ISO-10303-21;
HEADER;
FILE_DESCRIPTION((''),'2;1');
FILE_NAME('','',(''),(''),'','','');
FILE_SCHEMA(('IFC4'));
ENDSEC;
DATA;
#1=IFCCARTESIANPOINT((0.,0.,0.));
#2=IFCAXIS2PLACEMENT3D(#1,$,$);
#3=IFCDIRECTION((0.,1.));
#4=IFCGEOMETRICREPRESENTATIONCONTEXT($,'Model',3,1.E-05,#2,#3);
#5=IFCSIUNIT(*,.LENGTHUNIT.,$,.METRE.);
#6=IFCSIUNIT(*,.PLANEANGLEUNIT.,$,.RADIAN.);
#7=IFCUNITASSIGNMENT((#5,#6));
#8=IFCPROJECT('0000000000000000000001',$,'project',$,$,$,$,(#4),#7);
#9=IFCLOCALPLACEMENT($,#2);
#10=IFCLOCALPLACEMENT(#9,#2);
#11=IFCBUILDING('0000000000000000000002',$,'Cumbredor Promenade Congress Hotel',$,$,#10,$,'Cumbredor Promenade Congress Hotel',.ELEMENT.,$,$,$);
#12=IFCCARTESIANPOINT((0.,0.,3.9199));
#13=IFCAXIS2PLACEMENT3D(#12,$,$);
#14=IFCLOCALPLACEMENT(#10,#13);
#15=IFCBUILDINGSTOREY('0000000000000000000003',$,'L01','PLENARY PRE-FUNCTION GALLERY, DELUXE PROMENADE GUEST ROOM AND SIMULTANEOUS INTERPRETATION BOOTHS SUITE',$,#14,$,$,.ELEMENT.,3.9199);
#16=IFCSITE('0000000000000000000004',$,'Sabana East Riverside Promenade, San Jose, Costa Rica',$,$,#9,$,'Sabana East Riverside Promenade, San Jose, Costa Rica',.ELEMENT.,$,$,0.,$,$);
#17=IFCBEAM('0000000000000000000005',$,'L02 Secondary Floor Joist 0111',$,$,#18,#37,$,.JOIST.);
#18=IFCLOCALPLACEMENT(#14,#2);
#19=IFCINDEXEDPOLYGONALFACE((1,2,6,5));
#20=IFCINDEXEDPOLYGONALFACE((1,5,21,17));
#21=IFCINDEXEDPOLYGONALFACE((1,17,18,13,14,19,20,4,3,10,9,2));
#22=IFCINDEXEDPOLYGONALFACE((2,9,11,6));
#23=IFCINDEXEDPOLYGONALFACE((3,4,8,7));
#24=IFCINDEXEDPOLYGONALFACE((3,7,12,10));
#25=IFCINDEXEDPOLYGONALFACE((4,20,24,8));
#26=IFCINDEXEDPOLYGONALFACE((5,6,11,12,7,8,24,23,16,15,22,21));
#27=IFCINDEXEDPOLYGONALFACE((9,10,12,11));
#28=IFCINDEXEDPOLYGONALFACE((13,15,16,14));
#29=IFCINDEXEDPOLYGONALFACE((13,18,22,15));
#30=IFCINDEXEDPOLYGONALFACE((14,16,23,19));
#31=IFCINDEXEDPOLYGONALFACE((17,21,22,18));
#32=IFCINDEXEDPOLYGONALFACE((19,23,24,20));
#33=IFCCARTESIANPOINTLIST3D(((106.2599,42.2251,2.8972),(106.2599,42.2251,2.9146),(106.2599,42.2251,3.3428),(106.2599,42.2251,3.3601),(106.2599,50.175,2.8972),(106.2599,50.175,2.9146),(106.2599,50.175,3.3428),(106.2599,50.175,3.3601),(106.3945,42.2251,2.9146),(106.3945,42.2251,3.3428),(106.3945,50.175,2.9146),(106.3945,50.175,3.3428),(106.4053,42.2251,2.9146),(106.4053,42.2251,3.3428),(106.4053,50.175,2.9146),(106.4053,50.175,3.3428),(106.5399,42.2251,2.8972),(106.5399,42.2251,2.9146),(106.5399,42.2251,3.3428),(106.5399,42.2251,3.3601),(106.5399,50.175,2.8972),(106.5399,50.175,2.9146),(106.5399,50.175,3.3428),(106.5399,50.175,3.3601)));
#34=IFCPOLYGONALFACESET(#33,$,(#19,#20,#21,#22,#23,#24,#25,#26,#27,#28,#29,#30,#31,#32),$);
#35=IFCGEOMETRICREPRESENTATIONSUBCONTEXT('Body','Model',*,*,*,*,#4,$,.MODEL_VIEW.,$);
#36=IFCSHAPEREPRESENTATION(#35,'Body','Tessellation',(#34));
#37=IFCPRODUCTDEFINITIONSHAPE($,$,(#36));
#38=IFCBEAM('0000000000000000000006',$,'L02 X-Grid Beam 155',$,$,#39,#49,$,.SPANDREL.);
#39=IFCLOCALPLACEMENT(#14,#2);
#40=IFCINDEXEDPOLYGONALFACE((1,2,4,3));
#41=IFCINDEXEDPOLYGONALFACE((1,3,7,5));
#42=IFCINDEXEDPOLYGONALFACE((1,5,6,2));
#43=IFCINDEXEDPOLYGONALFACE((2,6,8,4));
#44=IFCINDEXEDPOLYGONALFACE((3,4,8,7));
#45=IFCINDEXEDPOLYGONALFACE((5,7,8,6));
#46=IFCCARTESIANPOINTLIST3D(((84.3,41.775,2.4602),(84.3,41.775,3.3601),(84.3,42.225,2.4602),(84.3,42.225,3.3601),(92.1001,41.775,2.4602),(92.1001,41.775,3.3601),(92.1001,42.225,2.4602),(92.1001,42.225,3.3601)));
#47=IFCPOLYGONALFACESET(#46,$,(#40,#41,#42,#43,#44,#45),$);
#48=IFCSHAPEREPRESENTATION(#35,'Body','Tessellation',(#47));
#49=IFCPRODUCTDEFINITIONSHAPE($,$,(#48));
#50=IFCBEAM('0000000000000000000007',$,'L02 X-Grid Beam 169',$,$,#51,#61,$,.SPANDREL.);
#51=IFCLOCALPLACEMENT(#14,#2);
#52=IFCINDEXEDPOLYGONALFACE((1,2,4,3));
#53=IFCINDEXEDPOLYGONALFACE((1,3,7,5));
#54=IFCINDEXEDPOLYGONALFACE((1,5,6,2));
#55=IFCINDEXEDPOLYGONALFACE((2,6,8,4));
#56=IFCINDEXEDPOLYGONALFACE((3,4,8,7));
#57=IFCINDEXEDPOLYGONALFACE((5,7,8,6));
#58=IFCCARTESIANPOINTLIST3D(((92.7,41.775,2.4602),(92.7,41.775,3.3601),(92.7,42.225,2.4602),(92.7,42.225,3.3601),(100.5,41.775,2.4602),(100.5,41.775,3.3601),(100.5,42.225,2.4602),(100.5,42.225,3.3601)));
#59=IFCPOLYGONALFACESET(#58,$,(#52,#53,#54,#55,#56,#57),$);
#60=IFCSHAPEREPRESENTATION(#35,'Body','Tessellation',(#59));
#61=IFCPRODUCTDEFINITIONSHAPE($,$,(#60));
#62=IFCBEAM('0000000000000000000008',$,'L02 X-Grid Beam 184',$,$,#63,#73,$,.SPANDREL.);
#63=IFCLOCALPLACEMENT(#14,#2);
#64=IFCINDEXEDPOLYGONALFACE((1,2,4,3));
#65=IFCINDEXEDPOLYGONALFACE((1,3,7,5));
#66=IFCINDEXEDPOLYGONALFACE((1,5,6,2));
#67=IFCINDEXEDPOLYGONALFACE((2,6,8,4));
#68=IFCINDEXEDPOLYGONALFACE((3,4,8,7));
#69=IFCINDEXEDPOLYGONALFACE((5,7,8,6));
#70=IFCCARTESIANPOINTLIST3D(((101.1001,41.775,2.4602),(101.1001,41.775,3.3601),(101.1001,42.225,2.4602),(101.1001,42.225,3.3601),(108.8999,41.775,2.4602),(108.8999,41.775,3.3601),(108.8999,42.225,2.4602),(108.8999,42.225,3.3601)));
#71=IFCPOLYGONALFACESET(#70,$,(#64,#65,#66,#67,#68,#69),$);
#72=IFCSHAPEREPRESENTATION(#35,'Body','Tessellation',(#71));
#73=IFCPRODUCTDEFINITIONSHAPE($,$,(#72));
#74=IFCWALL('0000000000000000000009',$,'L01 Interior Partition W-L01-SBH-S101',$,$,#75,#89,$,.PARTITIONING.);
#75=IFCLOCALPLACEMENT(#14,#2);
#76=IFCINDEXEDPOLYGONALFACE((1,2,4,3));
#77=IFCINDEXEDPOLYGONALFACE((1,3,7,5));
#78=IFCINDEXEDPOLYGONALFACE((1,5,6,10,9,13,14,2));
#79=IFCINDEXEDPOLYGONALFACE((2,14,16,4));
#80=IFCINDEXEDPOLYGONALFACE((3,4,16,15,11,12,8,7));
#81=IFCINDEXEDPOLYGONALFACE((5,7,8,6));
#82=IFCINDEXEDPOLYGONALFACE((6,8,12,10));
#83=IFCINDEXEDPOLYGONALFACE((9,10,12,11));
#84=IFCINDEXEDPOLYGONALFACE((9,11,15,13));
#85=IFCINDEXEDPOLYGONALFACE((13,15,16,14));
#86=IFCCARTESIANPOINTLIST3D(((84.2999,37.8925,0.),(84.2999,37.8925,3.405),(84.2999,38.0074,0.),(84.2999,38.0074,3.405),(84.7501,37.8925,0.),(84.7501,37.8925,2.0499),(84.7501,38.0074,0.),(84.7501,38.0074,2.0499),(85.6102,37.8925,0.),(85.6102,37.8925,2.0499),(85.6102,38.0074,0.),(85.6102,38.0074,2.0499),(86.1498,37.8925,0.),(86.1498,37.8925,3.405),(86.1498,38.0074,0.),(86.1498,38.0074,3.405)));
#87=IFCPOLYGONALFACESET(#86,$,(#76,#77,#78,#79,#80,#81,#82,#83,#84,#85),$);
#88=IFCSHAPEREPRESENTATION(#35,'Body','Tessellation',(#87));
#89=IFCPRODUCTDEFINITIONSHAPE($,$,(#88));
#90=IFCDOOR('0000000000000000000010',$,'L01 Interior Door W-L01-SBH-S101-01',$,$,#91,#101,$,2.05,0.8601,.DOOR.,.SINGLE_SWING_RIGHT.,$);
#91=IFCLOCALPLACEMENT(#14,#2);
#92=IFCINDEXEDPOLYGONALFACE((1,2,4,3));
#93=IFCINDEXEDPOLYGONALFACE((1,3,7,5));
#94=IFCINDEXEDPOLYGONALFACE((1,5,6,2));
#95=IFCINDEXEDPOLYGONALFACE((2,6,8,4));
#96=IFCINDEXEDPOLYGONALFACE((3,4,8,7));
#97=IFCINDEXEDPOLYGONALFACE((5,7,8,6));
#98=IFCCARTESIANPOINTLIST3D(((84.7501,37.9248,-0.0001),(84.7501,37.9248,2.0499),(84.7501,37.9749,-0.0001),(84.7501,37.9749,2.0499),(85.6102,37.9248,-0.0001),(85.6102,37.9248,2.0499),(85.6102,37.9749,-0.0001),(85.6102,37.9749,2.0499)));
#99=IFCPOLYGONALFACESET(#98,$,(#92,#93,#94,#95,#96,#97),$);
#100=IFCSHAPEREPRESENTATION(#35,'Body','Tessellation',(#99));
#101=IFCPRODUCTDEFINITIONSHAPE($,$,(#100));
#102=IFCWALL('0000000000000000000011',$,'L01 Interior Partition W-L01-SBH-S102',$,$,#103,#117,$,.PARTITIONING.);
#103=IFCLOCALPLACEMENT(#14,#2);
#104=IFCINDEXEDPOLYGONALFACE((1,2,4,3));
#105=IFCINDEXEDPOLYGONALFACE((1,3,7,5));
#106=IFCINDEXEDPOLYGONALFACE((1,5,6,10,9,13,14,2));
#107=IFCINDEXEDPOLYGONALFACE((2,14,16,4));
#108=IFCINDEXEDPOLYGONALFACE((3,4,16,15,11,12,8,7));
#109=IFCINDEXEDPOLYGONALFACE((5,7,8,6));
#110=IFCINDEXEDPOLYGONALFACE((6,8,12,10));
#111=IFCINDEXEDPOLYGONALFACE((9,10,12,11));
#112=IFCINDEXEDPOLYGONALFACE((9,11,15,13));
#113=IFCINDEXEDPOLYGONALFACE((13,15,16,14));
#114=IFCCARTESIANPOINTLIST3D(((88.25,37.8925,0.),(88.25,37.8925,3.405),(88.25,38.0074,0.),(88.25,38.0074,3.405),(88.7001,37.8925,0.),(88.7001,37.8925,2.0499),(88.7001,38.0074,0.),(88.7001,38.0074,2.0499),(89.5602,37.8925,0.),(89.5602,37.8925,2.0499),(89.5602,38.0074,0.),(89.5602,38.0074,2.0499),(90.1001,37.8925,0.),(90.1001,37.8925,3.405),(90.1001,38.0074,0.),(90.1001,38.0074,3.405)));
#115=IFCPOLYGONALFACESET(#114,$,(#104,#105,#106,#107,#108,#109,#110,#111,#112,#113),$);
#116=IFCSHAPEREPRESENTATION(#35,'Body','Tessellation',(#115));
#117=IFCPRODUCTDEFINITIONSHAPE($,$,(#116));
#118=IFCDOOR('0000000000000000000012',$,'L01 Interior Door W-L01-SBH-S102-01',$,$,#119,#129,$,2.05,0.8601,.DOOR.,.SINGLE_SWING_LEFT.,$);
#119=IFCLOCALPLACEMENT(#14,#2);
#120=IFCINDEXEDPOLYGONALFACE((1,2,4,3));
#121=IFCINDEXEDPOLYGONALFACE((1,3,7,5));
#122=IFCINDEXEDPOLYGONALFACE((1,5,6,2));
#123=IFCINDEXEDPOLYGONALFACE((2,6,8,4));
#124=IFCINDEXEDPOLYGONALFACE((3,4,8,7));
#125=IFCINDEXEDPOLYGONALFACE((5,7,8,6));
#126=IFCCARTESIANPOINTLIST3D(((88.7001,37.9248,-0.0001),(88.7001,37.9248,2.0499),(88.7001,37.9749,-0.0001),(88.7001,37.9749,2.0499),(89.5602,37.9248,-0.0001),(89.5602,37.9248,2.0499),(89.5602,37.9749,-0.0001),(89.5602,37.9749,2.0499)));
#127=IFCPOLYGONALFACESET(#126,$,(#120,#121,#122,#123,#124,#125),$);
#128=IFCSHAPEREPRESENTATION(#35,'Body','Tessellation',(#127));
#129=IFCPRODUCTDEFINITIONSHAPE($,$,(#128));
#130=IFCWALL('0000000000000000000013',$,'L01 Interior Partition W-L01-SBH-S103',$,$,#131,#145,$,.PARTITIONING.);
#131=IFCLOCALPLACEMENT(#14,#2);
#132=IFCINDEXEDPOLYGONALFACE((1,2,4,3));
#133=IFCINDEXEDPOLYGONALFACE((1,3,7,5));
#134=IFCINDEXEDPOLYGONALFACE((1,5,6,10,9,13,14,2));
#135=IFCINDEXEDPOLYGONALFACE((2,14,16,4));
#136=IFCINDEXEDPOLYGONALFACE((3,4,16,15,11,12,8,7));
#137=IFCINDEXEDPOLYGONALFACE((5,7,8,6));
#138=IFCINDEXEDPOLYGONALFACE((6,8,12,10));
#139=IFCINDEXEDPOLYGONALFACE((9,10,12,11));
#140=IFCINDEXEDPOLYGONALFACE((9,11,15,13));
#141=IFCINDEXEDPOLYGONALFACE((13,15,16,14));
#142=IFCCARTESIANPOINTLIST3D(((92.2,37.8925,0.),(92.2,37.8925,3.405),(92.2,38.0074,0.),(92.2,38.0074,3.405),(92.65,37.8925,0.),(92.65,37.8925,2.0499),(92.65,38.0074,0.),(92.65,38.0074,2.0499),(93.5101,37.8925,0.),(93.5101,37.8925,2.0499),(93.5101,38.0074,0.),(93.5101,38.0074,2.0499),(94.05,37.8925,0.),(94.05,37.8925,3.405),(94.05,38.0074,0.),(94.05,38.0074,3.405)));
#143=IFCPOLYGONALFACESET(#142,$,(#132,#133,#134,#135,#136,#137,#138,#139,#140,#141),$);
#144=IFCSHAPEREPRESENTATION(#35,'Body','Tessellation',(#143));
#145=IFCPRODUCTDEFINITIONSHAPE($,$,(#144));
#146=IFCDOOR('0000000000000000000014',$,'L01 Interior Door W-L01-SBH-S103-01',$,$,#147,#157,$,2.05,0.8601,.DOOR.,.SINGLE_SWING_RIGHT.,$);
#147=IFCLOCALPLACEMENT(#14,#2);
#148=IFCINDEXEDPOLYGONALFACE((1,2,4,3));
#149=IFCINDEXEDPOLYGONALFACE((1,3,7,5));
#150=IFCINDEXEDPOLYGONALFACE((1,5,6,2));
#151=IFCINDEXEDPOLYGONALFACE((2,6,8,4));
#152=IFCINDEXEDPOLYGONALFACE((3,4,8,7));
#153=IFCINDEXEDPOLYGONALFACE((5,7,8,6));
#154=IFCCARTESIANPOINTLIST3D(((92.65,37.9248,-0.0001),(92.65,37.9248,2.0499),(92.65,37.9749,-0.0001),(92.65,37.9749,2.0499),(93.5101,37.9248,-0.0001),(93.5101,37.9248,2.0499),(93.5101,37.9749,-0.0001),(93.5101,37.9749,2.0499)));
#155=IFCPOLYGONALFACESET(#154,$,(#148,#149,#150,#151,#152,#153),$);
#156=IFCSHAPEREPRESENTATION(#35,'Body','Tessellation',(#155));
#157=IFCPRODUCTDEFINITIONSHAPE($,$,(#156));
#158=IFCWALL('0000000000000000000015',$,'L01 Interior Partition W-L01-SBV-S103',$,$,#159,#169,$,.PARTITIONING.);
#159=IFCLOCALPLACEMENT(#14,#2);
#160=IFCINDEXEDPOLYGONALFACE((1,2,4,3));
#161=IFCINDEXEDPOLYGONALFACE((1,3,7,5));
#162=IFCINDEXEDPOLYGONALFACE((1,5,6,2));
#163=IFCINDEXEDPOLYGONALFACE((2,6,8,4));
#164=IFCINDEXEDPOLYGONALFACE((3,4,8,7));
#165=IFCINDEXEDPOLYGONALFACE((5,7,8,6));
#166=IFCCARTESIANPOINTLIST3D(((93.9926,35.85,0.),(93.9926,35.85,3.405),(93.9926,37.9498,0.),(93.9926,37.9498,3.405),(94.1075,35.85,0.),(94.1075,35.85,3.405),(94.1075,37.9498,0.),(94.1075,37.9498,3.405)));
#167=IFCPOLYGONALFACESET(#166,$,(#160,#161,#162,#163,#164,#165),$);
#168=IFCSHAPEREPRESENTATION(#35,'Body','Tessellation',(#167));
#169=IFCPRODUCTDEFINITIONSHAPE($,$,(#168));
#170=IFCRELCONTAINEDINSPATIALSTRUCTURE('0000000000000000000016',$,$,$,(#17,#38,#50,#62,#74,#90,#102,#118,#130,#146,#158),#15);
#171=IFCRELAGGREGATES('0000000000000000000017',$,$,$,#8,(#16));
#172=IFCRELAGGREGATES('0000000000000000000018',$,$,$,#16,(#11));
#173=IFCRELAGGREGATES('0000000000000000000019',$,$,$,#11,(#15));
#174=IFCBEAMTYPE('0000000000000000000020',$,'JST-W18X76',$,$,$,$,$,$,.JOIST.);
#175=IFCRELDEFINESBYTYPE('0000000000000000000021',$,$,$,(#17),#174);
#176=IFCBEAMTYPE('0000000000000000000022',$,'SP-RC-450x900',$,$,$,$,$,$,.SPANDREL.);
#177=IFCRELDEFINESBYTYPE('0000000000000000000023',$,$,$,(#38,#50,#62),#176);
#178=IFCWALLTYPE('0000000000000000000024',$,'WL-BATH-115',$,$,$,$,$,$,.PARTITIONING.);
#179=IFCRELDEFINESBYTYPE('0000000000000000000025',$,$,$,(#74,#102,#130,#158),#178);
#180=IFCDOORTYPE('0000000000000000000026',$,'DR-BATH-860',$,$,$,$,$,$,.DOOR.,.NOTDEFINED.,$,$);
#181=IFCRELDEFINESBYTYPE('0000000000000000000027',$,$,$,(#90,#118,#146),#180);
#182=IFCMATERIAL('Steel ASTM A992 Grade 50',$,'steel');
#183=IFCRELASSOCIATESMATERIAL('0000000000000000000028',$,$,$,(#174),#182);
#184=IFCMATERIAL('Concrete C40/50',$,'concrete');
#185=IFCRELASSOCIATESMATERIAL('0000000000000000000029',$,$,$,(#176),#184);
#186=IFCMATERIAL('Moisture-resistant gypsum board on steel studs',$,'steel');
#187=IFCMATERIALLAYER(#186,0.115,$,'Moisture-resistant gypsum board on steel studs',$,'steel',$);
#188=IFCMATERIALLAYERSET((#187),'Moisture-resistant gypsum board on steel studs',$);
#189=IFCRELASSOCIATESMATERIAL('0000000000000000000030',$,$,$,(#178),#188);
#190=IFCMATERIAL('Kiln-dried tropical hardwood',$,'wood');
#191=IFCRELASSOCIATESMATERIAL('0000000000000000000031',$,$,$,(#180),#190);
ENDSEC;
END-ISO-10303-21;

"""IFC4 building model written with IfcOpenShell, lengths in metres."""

from ifc_helpers import new_model, si_unit, direction, frame, frame_2d, origin, origin_2d, place, context, subcontext, project, spatial, rectangle, i_section, extrude, material, layer, layer_set, material_profile, profile_set, type_object, element, fill, save


model = new_model("IFC4")

# Units and contexts
model_context = context("Model", 3, precision=1e-05, world=origin(), true_north=direction((0.0, 1.0)))
body_context = subcontext(model_context, "Body", "Model", "MODEL_VIEW")
ifc_project = project(units=[si_unit("LENGTHUNIT", "METRE"), si_unit("PLANEANGLEUNIT", "RADIAN")], contexts=[model_context])

# Site, building, storey
site_placement = place(None, origin())
site = spatial("IfcSite", under=ifc_project, at=site_placement, Name="Sabana East Riverside Promenade, San Jose, Costa Rica", LongName="Sabana East Riverside Promenade, San Jose, Costa Rica", CompositionType="ELEMENT", RefElevation=0.0)
building_placement = place(site_placement, origin())
building = spatial("IfcBuilding", under=site, at=building_placement, Name="Cumbredor Promenade Congress Hotel", LongName="Cumbredor Promenade Congress Hotel", CompositionType="ELEMENT")
storey_placement = place(building_placement, frame((0.0, 0.0, 3.9199)))
storey = spatial("IfcBuildingStorey", under=building, at=storey_placement, Name="L01", Description="PLENARY PRE-FUNCTION GALLERY, DELUXE PROMENADE GUEST ROOM AND SIMULTANEOUS INTERPRETATION BOOTHS SUITE", CompositionType="ELEMENT", Elevation=3.9199)

# Shared definitions
ifc_material_1 = material(Name="Concrete C40/50", Category="concrete")

# Beams
ifc_material_2 = material(Name="Steel ASTM A992 Grade 50", Category="steel")
ifc_material_profile_1 = material_profile(ifc_material_2, i_section(OverallWidth=0.28, OverallDepth=0.4629, WebThickness=0.0107, FlangeThickness=0.0173, at=origin_2d()), Name="W18X76")
ifc_profile_set_1 = profile_set([ifc_material_profile_1], Name="Steel ASTM A992 Grade 50")
beam_type_1 = type_object("IfcBeamType", Name="JST-W18X76", PredefinedType="JOIST", material=ifc_profile_set_1)
for number, where, z_axis, x_axis, name in (
    (1, (106.3999, 42.2251, 3.1287), (0.0, 1.0, 0.0), (-1.0, 0.0, 0.0), "L02 Secondary Floor Joist 0111"),
):
    element("IfcBeam", number, at=place(storey_placement, frame(where, z_axis=z_axis, x_axis=x_axis)), inside=storey, type_object=beam_type_1, Name=name, PredefinedType="JOIST", context=body_context, shape_type="SweptSolid", body=[
        extrude(i_section(OverallWidth=0.28, OverallDepth=0.4629, WebThickness=0.0107, FlangeThickness=0.0173, at=origin_2d()), origin(), (0.0, 0.0, 1.0), 7.95),
    ])
ifc_material_profile_2 = material_profile(ifc_material_1, rectangle(XDim=0.45, YDim=0.8999, at=origin_2d()), Name="RC SPANDREL 450x900")
ifc_profile_set_2 = profile_set([ifc_material_profile_2], Name="Concrete C40/50")
beam_type_2 = type_object("IfcBeamType", Name="SP-RC-450x900", PredefinedType="SPANDREL", material=ifc_profile_set_2)
for number, where, z_axis, x_axis, name in (
    (2, (84.3, 42.0, 2.9102), (1.0, 0.0, 0.0), (0.0, 1.0, 0.0), "L02 X-Grid Beam 155"),
    (3, (92.7, 42.0, 2.9102), (1.0, 0.0, 0.0), (0.0, 1.0, 0.0), "L02 X-Grid Beam 169"),
):
    element("IfcBeam", number, at=place(storey_placement, frame(where, z_axis=z_axis, x_axis=x_axis)), inside=storey, type_object=beam_type_2, Name=name, PredefinedType="SPANDREL", context=body_context, shape_type="SweptSolid", body=[
        extrude(rectangle(XDim=0.45, YDim=0.8999, at=origin_2d()), origin(), (0.0, 0.0, 1.0), 7.8),
    ])
beam_1_placement = place(storey_placement, frame((101.1001, 42.0, 2.9102), z_axis=(1.0, 0.0, 0.0), x_axis=(0.0, 1.0, 0.0)))
element("IfcBeam", 4, at=beam_1_placement, inside=storey, type_object=beam_type_2, Name="L02 X-Grid Beam 184", PredefinedType="SPANDREL", context=body_context, shape_type="SweptSolid", body=[
    extrude(rectangle(XDim=0.45, YDim=0.8999, at=origin_2d()), origin(), (0.0, 0.0, 1.0), 7.7998),
])

# Walls, openings, doors
ifc_material_3 = material(Name="Moisture-resistant gypsum board on steel studs", Category="steel")
ifc_layer_1 = layer(ifc_material_3, 0.115, Name="Moisture-resistant gypsum board on steel studs", Category="steel")
ifc_layer_set_1 = layer_set([ifc_layer_1], Name="Moisture-resistant gypsum board on steel studs")
wall_type_1 = type_object("IfcWallType", Name="WL-BATH-115", PredefinedType="PARTITIONING", material=ifc_layer_set_1)
wall_1_placement = place(storey_placement, frame((84.3, 37.95, 0.0), z_axis=(0.0, 0.0, 1.0), x_axis=(1.0, 0.0, 0.0)))
wall_1 = element("IfcWall", 5, at=wall_1_placement, inside=storey, type_object=wall_type_1, Name="L01 Interior Partition W-L01-SBH-S101", PredefinedType="PARTITIONING", context=body_context, shape_type="SweptSolid", body=[
    extrude(rectangle(XDim=1.8499, YDim=0.115, at=frame_2d((0.9248, 0.0))), origin(), (0.0, 0.0, 1.0), 3.405),
])
opening_1_placement = place(wall_1_placement, frame((0.45, 0.0, 0.0)))
opening_1 = element("IfcOpeningElement", 6, at=opening_1_placement, cuts=wall_1, PredefinedType="OPENING", context=body_context, shape_type="SweptSolid", body=[
    extrude(rectangle(XDim=0.8601, YDim=2.05, at=frame_2d((0.4302, 1.0249))), frame((0.0, 0.0674, 0.0), z_axis=(0.0, -1.0, 0.0), x_axis=(1.0, 0.0, 0.0)), (0.0, 0.0, 1.0), 0.135),
])
ifc_material_4 = material(Name="Kiln-dried tropical hardwood", Category="wood")
door_type = type_object("IfcDoorType", Name="DR-BATH-860", OperationType="NOTDEFINED", PredefinedType="DOOR", material=ifc_material_4)
door_1_placement = place(opening_1_placement, origin())
door_1 = element("IfcDoor", 7, at=door_1_placement, inside=storey, type_object=door_type, Name="L01 Interior Door W-L01-SBH-S101-01", OperationType="SINGLE_SWING_RIGHT", OverallHeight=2.05, OverallWidth=0.8601, PredefinedType="DOOR", context=body_context, shape_type="SweptSolid", body=[
    extrude(rectangle(XDim=0.8601, YDim=2.05, at=frame_2d((0.4302, 1.0249))), frame((0.0, 0.0249, 0.0), z_axis=(0.0, -1.0, 0.0), x_axis=(1.0, 0.0, 0.0)), (0.0, 0.0, 1.0), 0.05),
])
fill(opening_1, door_1)
wall_2_placement = place(storey_placement, frame((88.25, 37.95, 0.0), z_axis=(0.0, 0.0, 1.0), x_axis=(1.0, 0.0, 0.0)))
wall_2 = element("IfcWall", 8, at=wall_2_placement, inside=storey, type_object=wall_type_1, Name="L01 Interior Partition W-L01-SBH-S102", PredefinedType="PARTITIONING", context=body_context, shape_type="SweptSolid", body=[
    extrude(rectangle(XDim=1.8501, YDim=0.115, at=frame_2d((0.925, 0.0))), origin(), (0.0, 0.0, 1.0), 3.405),
])
opening_2_placement = place(wall_2_placement, frame((0.45, 0.0, 0.0)))
opening_2 = element("IfcOpeningElement", 9, at=opening_2_placement, cuts=wall_2, PredefinedType="OPENING", context=body_context, shape_type="SweptSolid", body=[
    extrude(rectangle(XDim=0.8601, YDim=2.05, at=frame_2d((0.4302, 1.0249))), frame((0.0, 0.0674, 0.0), z_axis=(0.0, -1.0, 0.0), x_axis=(1.0, 0.0, 0.0)), (0.0, 0.0, 1.0), 0.135),
])
door_2_placement = place(opening_2_placement, origin())
door_2 = element("IfcDoor", 10, at=door_2_placement, inside=storey, type_object=door_type, Name="L01 Interior Door W-L01-SBH-S102-01", OperationType="SINGLE_SWING_LEFT", OverallHeight=2.05, OverallWidth=0.8601, PredefinedType="DOOR", context=body_context, shape_type="SweptSolid", body=[
    extrude(rectangle(XDim=0.8601, YDim=2.05, at=frame_2d((0.4302, 1.0249))), frame((0.0, 0.0249, 0.0), z_axis=(0.0, -1.0, 0.0), x_axis=(1.0, 0.0, 0.0)), (0.0, 0.0, 1.0), 0.05),
])
fill(opening_2, door_2)
wall_3_placement = place(storey_placement, frame((92.2, 37.95, 0.0), z_axis=(0.0, 0.0, 1.0), x_axis=(1.0, 0.0, 0.0)))
wall_3 = element("IfcWall", 11, at=wall_3_placement, inside=storey, type_object=wall_type_1, Name="L01 Interior Partition W-L01-SBH-S103", PredefinedType="PARTITIONING", context=body_context, shape_type="SweptSolid", body=[
    extrude(rectangle(XDim=1.8501, YDim=0.115, at=frame_2d((0.925, 0.0))), origin(), (0.0, 0.0, 1.0), 3.405),
])
opening_3_placement = place(wall_3_placement, frame((0.45, 0.0, 0.0)))
opening_3 = element("IfcOpeningElement", 12, at=opening_3_placement, cuts=wall_3, PredefinedType="OPENING", context=body_context, shape_type="SweptSolid", body=[
    extrude(rectangle(XDim=0.8601, YDim=2.05, at=frame_2d((0.4302, 1.0249))), frame((0.0, 0.0674, 0.0), z_axis=(0.0, -1.0, 0.0), x_axis=(1.0, 0.0, 0.0)), (0.0, 0.0, 1.0), 0.135),
])
door_3_placement = place(opening_3_placement, origin())
door_3 = element("IfcDoor", 13, at=door_3_placement, inside=storey, type_object=door_type, Name="L01 Interior Door W-L01-SBH-S103-01", OperationType="SINGLE_SWING_RIGHT", OverallHeight=2.05, OverallWidth=0.8601, PredefinedType="DOOR", context=body_context, shape_type="SweptSolid", body=[
    extrude(rectangle(XDim=0.8601, YDim=2.05, at=frame_2d((0.4302, 1.0249))), frame((0.0, 0.0249, 0.0), z_axis=(0.0, -1.0, 0.0), x_axis=(1.0, 0.0, 0.0)), (0.0, 0.0, 1.0), 0.05),
])
fill(opening_3, door_3)

# Wall
wall_4_placement = place(storey_placement, frame((94.05, 35.8501, 0.0), z_axis=(0.0, 0.0, 1.0), x_axis=(0.0, 1.0, 0.0)))
element("IfcWall", 14, at=wall_4_placement, inside=storey, type_object=wall_type_1, Name="L01 Interior Partition W-L01-SBV-S103", PredefinedType="PARTITIONING", context=body_context, shape_type="SweptSolid", body=[
    extrude(rectangle(XDim=2.0999, YDim=0.115, at=frame_2d((1.0498, 0.0))), origin(), (0.0, 0.0, 1.0), 3.405),
])

save(model, "model.ifc")
